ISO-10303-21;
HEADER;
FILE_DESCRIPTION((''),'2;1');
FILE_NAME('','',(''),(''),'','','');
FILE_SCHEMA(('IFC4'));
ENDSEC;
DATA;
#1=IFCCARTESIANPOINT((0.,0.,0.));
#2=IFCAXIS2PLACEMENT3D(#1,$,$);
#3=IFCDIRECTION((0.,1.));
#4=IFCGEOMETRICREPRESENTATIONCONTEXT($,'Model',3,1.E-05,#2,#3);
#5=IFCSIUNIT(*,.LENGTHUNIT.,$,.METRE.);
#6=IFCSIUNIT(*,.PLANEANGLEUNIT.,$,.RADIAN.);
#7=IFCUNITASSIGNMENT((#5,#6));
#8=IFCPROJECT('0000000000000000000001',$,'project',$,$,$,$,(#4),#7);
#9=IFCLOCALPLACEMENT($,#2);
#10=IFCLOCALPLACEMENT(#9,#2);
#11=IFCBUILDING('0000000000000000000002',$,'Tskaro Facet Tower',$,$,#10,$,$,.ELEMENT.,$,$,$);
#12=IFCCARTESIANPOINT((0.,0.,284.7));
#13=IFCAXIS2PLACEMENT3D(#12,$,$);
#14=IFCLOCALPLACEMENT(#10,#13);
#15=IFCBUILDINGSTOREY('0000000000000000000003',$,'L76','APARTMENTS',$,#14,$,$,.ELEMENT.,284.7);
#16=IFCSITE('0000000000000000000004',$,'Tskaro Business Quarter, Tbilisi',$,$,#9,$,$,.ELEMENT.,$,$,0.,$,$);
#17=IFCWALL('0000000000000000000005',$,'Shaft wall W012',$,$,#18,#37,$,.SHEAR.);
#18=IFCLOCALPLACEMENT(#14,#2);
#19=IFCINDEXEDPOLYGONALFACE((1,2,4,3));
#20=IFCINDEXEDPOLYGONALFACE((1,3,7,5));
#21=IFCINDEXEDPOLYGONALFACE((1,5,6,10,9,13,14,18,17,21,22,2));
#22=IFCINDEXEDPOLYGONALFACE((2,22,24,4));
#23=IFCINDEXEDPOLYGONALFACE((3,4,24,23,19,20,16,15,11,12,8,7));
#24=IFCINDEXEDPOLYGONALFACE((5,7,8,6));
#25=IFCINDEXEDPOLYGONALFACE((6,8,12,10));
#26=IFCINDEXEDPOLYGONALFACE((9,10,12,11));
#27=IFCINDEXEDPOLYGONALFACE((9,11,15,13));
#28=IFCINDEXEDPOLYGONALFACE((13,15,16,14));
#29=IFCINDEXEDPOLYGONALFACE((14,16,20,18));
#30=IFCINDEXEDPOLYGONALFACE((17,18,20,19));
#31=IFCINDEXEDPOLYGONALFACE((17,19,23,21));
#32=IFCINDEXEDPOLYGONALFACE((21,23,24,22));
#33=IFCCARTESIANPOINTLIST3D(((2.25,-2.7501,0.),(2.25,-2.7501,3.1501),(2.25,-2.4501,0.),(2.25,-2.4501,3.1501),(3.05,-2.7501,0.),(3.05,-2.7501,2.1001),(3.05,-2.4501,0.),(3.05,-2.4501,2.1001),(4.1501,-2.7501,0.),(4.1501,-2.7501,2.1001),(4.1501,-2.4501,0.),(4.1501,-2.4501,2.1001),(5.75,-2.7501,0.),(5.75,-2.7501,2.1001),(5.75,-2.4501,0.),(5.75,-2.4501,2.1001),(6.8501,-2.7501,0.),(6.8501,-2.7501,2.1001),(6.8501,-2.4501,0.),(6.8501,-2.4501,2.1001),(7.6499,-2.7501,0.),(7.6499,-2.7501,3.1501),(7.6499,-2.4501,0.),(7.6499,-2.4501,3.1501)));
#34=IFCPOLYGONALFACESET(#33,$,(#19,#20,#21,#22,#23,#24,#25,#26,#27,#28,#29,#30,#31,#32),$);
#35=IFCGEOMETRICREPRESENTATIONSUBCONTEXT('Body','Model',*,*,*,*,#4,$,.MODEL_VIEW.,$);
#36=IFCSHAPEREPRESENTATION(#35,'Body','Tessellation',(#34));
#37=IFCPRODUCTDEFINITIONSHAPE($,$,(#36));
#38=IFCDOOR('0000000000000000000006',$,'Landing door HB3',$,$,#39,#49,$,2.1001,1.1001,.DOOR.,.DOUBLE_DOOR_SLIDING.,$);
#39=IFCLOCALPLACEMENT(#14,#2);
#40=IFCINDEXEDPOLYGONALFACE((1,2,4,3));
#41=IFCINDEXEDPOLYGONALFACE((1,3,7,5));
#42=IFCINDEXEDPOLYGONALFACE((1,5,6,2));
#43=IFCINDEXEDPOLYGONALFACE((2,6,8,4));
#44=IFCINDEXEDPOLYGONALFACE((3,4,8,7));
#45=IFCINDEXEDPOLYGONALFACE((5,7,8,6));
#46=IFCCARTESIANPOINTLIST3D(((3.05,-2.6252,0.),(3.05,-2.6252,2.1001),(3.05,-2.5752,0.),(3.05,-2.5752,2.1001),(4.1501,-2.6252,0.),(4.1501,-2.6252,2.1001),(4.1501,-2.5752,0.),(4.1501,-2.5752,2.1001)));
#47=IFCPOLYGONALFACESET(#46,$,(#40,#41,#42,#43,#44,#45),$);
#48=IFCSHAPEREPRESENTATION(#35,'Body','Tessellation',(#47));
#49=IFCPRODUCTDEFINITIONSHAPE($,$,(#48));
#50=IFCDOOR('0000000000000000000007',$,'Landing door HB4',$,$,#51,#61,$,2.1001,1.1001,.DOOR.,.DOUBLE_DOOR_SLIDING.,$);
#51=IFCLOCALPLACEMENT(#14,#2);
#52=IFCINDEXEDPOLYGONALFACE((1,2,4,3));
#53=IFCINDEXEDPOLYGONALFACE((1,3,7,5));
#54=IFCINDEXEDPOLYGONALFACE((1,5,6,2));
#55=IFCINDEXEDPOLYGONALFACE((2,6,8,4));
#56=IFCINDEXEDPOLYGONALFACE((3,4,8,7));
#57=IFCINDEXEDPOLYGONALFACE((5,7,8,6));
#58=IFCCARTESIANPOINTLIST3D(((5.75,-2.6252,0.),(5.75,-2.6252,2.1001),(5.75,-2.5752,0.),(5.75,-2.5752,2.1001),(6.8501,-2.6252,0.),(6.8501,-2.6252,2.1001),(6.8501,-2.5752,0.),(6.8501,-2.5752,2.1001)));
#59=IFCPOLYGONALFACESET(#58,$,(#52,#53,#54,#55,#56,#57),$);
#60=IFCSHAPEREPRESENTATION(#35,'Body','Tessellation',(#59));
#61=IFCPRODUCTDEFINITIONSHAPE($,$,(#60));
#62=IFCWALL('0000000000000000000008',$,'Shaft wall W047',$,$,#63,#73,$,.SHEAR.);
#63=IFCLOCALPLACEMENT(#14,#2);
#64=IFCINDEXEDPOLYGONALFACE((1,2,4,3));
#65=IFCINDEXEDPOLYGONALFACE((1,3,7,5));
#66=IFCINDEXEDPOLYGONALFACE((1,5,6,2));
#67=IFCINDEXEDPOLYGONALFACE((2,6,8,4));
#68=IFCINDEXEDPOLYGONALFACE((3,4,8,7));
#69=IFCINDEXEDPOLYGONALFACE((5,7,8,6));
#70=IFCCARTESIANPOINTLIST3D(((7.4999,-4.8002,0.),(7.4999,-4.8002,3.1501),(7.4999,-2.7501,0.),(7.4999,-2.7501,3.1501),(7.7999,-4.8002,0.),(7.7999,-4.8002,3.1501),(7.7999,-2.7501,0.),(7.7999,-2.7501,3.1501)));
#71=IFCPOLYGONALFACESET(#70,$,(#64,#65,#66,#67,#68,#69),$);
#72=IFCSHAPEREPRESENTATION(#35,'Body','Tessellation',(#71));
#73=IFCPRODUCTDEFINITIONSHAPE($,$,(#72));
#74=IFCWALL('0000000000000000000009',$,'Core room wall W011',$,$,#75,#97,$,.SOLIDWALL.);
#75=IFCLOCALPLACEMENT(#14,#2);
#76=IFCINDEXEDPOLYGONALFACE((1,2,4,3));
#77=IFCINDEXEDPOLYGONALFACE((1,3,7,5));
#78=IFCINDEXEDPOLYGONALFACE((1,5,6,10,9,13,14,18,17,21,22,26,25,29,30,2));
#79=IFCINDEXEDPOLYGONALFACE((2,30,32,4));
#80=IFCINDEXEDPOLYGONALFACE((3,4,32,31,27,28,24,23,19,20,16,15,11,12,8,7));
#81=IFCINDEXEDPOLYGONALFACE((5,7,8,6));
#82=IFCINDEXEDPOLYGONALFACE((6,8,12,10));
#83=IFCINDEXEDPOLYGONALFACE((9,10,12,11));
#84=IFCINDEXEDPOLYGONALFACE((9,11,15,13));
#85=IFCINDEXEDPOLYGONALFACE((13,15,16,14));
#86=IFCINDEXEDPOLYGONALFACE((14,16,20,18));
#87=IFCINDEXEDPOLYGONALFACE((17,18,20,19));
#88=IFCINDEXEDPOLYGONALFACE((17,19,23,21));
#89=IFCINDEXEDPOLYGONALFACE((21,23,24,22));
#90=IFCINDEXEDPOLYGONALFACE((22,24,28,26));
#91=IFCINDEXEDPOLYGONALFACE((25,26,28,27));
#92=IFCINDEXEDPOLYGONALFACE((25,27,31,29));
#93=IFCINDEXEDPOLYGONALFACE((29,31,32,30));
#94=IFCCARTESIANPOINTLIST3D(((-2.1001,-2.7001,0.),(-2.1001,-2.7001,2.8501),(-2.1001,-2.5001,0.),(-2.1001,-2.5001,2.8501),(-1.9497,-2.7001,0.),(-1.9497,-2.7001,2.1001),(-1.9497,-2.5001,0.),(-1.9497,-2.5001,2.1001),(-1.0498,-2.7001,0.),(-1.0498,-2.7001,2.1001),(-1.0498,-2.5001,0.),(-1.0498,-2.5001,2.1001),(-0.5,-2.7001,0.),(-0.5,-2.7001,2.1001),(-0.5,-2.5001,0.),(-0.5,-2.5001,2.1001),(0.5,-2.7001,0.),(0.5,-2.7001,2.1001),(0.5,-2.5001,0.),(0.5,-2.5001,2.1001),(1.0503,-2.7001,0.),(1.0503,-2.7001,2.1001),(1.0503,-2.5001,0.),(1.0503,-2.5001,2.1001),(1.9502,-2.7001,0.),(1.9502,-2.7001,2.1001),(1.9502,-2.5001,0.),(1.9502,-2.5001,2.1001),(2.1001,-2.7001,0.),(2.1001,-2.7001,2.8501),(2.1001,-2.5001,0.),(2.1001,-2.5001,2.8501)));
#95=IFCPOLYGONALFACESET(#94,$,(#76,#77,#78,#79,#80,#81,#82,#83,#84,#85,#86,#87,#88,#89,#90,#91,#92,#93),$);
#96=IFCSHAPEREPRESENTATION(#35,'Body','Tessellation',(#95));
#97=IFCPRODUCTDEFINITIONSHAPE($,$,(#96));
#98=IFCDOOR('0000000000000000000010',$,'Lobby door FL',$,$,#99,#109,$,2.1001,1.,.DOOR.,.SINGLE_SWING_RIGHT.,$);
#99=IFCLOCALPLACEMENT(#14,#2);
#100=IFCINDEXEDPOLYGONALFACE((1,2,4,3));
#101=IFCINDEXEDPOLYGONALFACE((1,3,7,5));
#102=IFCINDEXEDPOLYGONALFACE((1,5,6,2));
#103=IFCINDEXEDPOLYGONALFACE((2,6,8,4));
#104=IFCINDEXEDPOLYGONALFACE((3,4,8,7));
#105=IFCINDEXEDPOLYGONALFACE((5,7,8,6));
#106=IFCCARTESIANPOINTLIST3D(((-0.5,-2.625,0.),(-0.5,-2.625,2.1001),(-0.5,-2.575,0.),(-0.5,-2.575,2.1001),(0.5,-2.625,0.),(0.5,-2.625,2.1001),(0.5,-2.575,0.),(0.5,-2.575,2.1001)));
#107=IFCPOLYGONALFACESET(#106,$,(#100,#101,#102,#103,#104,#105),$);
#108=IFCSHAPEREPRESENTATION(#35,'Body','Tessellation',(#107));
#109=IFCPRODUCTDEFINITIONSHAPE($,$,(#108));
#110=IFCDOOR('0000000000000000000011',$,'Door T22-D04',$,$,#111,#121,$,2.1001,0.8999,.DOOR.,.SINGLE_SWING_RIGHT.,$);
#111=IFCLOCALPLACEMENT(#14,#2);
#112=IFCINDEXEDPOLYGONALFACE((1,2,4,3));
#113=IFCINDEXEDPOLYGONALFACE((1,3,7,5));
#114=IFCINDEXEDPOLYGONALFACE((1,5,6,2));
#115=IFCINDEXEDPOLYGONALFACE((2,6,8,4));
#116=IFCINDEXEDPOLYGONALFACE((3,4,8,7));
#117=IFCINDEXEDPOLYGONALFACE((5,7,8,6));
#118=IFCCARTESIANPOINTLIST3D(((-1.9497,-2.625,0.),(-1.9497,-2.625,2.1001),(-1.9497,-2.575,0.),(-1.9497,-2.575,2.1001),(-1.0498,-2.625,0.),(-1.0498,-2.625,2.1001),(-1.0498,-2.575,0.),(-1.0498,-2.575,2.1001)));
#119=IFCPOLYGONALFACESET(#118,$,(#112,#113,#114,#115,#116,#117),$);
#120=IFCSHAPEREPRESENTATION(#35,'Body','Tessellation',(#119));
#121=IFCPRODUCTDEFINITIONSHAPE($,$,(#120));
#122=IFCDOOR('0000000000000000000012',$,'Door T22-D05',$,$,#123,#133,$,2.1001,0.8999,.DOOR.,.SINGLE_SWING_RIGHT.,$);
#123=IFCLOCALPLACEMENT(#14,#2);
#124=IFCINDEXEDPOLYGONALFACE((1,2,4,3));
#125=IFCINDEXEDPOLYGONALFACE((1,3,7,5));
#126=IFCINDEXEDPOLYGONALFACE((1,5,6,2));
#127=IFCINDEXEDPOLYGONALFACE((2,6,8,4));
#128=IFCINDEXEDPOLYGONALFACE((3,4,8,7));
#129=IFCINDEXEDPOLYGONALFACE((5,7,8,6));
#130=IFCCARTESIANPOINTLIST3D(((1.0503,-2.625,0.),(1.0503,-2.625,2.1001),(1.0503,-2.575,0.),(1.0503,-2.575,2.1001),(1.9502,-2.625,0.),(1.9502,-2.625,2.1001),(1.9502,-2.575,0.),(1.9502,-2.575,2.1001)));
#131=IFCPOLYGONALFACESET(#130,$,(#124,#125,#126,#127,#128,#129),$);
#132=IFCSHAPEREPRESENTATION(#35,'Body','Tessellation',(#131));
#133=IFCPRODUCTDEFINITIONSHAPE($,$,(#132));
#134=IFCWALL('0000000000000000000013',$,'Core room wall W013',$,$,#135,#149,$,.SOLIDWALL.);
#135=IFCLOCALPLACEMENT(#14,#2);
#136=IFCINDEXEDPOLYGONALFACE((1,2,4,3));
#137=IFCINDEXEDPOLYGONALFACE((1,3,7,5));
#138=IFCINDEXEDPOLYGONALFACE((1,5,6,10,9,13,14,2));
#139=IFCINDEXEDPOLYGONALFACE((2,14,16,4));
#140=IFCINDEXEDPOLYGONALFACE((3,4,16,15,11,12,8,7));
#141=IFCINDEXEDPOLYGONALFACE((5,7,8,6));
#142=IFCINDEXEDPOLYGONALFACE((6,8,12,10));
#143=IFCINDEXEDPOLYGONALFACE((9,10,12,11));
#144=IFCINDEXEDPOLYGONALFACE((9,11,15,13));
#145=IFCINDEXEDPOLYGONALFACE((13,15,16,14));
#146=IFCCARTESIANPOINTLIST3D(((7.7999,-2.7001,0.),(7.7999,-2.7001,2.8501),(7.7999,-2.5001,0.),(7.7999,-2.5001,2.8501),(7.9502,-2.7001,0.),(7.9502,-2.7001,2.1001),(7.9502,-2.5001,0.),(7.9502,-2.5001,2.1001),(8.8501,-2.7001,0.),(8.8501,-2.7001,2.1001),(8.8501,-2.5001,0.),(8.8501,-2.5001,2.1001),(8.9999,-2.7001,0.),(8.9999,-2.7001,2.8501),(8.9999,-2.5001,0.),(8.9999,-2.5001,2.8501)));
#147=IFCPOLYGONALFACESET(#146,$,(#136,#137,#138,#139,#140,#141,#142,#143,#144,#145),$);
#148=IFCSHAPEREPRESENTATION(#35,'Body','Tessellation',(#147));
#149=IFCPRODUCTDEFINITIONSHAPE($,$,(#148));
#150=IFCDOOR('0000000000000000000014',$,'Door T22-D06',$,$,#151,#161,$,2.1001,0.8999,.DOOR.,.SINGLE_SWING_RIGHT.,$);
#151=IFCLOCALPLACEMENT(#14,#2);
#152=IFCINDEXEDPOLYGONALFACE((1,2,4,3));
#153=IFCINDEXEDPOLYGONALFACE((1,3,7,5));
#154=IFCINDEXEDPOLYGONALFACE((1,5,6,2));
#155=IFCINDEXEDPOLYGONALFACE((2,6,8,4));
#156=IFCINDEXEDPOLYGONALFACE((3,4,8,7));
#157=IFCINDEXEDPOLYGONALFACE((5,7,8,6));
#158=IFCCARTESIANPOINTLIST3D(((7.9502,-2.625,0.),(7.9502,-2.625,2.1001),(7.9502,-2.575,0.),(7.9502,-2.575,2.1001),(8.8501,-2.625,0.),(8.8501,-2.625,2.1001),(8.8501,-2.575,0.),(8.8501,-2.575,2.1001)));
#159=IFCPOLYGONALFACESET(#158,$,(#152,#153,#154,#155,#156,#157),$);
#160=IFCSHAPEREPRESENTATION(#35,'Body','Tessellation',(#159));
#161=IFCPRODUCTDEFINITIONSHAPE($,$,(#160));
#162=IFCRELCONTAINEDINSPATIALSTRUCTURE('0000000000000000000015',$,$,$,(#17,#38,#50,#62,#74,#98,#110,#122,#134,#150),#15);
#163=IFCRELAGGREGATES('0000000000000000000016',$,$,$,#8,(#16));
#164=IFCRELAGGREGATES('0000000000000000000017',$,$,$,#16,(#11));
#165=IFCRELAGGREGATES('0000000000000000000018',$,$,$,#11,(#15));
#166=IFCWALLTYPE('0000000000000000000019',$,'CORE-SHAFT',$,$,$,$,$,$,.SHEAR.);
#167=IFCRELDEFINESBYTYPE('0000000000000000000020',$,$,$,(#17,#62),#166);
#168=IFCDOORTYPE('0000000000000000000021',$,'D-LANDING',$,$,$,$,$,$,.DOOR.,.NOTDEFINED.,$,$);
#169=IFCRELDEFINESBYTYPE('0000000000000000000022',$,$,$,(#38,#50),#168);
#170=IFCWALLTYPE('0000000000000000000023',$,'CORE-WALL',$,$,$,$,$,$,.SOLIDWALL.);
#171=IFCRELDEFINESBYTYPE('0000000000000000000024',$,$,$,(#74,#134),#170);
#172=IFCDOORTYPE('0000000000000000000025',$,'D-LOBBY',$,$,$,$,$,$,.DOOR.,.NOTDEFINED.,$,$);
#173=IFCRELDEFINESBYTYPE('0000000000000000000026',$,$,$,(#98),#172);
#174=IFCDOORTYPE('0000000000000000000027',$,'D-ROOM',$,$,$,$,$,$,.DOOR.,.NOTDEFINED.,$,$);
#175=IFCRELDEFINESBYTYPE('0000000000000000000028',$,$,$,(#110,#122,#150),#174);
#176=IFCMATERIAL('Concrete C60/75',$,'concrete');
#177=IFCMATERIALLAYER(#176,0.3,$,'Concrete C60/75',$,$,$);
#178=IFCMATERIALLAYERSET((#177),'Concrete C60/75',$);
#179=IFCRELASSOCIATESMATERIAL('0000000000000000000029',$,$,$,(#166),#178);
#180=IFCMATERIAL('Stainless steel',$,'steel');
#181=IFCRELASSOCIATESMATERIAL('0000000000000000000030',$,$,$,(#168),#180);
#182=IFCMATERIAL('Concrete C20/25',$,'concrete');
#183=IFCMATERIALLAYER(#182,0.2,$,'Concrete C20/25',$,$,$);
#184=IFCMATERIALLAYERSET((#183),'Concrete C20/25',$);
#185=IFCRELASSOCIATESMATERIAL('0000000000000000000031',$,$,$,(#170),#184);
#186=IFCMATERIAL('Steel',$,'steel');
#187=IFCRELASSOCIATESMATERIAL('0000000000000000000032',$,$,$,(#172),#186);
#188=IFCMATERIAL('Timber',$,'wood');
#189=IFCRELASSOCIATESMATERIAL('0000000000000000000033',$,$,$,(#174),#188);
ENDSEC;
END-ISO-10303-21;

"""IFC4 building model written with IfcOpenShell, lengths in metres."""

from ifc_helpers import new_model, si_unit, direction, frame, frame_2d, origin, place, context, subcontext, project, spatial, rectangle, extrude, material, layer, layer_set, type_object, element, fill, save


model = new_model("IFC4")

# Units and contexts
model_context = context("Model", 3, precision=1e-05, world=origin(), true_north=direction((0.0, 1.0)))
body_context = subcontext(model_context, "Body", "Model", "MODEL_VIEW")
ifc_project = project(units=[si_unit("LENGTHUNIT", "METRE"), si_unit("PLANEANGLEUNIT", "RADIAN")], contexts=[model_context])

# Site, building, storey
site_placement = place(None, origin())
site = spatial("IfcSite", under=ifc_project, at=site_placement, Name="Tskaro Business Quarter, Tbilisi", CompositionType="ELEMENT", RefElevation=0.0)
building_placement = place(site_placement, origin())
building = spatial("IfcBuilding", under=site, at=building_placement, Name="Tskaro Facet Tower", CompositionType="ELEMENT")
storey_placement = place(building_placement, frame((0.0, 0.0, 284.7)))
storey = spatial("IfcBuildingStorey", under=building, at=storey_placement, Name="L76", Description="APARTMENTS", CompositionType="ELEMENT", Elevation=284.7)

# Wall, openings, doors
ifc_material_1 = material(Name="Concrete C60/75", Category="concrete")
ifc_layer_1 = layer(ifc_material_1, 0.3, Name="Concrete C60/75")
ifc_layer_set_1 = layer_set([ifc_layer_1], Name="Concrete C60/75")
wall_type_1 = type_object("IfcWallType", Name="CORE-SHAFT", PredefinedType="SHEAR", material=ifc_layer_set_1)
wall_1_placement = place(storey_placement, frame((2.25, -2.6001, 0.0), z_axis=(0.0, 0.0, 1.0), x_axis=(1.0, 0.0, 0.0)))
wall_1 = element("IfcWall", 1, at=wall_1_placement, inside=storey, type_object=wall_type_1, Name="Shaft wall W012", PredefinedType="SHEAR", context=body_context, shape_type="SweptSolid", body=[
    extrude(rectangle(XDim=5.3999, YDim=0.3, at=frame_2d((2.7, 0.0))), origin(), (0.0, 0.0, 1.0), 3.1501),
])
opening_1_placement = place(wall_1_placement, frame((0.8, 0.0, 0.0)))
opening_1 = element("IfcOpeningElement", 2, at=opening_1_placement, cuts=wall_1, PredefinedType="OPENING", context=body_context, shape_type="SweptSolid", body=[
    extrude(rectangle(XDim=1.1001, YDim=2.1001, at=frame_2d((0.55, 1.05))), frame((0.0, 0.1599, 0.0), z_axis=(0.0, -1.0, 0.0), x_axis=(1.0, 0.0, 0.0)), (0.0, 0.0, 1.0), 0.3201),
])
opening_2_placement = place(wall_1_placement, frame((3.5, 0.0, 0.0)))
opening_2 = element("IfcOpeningElement", 3, at=opening_2_placement, cuts=wall_1, PredefinedType="OPENING", context=body_context, shape_type="SweptSolid", body=[
    extrude(rectangle(XDim=1.1001, YDim=2.1001, at=frame_2d((0.55, 1.05))), frame((0.0, 0.1599, 0.0), z_axis=(0.0, -1.0, 0.0), x_axis=(1.0, 0.0, 0.0)), (0.0, 0.0, 1.0), 0.3201),
])
ifc_material_2 = material(Name="Stainless steel", Category="steel")
door_type_1 = type_object("IfcDoorType", Name="D-LANDING", OperationType="NOTDEFINED", PredefinedType="DOOR", material=ifc_material_2)
door_1_placement = place(opening_1_placement, origin())
door_1 = element("IfcDoor", 4, at=door_1_placement, inside=storey, type_object=door_type_1, Name="Landing door HB3", OperationType="DOUBLE_DOOR_SLIDING", OverallHeight=2.1001, OverallWidth=1.1001, PredefinedType="DOOR", context=body_context, shape_type="SweptSolid", body=[
    extrude(rectangle(XDim=1.1001, YDim=2.1001, at=frame_2d((0.55, 1.05))), frame((0.0, 0.0249, 0.0), z_axis=(0.0, -1.0, 0.0), x_axis=(1.0, 0.0, 0.0)), (0.0, 0.0, 1.0), 0.05),
])
fill(opening_1, door_1)
door_2_placement = place(opening_2_placement, origin())
door_2 = element("IfcDoor", 5, at=door_2_placement, inside=storey, type_object=door_type_1, Name="Landing door HB4", OperationType="DOUBLE_DOOR_SLIDING", OverallHeight=2.1001, OverallWidth=1.1001, PredefinedType="DOOR", context=body_context, shape_type="SweptSolid", body=[
    extrude(rectangle(XDim=1.1001, YDim=2.1001, at=frame_2d((0.55, 1.05))), frame((0.0, 0.0249, 0.0), z_axis=(0.0, -1.0, 0.0), x_axis=(1.0, 0.0, 0.0)), (0.0, 0.0, 1.0), 0.05),
])
fill(opening_2, door_2)

# Wall
wall_2_placement = place(storey_placement, frame((7.6499, -4.8, 0.0), z_axis=(0.0, 0.0, 1.0), x_axis=(0.0, 1.0, 0.0)))
element("IfcWall", 6, at=wall_2_placement, inside=storey, type_object=wall_type_1, Name="Shaft wall W047", PredefinedType="SHEAR", context=body_context, shape_type="SweptSolid", body=[
    extrude(rectangle(XDim=2.05, YDim=0.3, at=frame_2d((1.0249, 0.0))), origin(), (0.0, 0.0, 1.0), 3.1501),
])

# Wall, openings, doors
ifc_material_3 = material(Name="Concrete C20/25", Category="concrete")
ifc_layer_2 = layer(ifc_material_3, 0.2, Name="Concrete C20/25")
ifc_layer_set_2 = layer_set([ifc_layer_2], Name="Concrete C20/25")
wall_type_2 = type_object("IfcWallType", Name="CORE-WALL", PredefinedType="SOLIDWALL", material=ifc_layer_set_2)
wall_3_placement = place(storey_placement, frame((2.1001, -2.6001, 0.0), z_axis=(0.0, 0.0, 1.0), x_axis=(-1.0, 0.0, 0.0)))
wall_3 = element("IfcWall", 7, at=wall_3_placement, inside=storey, type_object=wall_type_2, Name="Core room wall W011", PredefinedType="SOLIDWALL", context=body_context, shape_type="SweptSolid", body=[
    extrude(rectangle(XDim=4.2002, YDim=0.2, at=frame_2d((2.1001, 0.0))), origin(), (0.0, 0.0, 1.0), 2.8501),
])
opening_3_placement = place(wall_3_placement, frame((1.6001, 0.0, 0.0)))
opening_3 = element("IfcOpeningElement", 8, at=opening_3_placement, cuts=wall_3, PredefinedType="OPENING", context=body_context, shape_type="SweptSolid", body=[
    extrude(rectangle(XDim=1.0, YDim=2.1001, at=frame_2d((0.5, 1.05))), frame((0.0, 0.1099, 0.0), z_axis=(0.0, -1.0, 0.0), x_axis=(1.0, 0.0, 0.0)), (0.0, 0.0, 1.0), 0.22),
])
opening_4_placement = place(wall_3_placement, frame((3.1499, 0.0, 0.0)))
opening_4 = element("IfcOpeningElement", 9, at=opening_4_placement, cuts=wall_3, PredefinedType="OPENING", context=body_context, shape_type="SweptSolid", body=[
    extrude(rectangle(XDim=0.8999, YDim=2.1001, at=frame_2d((0.45, 1.05))), frame((0.0, 0.1099, 0.0), z_axis=(0.0, -1.0, 0.0), x_axis=(1.0, 0.0, 0.0)), (0.0, 0.0, 1.0), 0.22),
])
opening_5_placement = place(wall_3_placement, frame((0.1499, 0.0, 0.0)))
opening_5 = element("IfcOpeningElement", 10, at=opening_5_placement, cuts=wall_3, PredefinedType="OPENING", context=body_context, shape_type="SweptSolid", body=[
    extrude(rectangle(XDim=0.8999, YDim=2.1001, at=frame_2d((0.45, 1.05))), frame((0.0, 0.1099, 0.0), z_axis=(0.0, -1.0, 0.0), x_axis=(1.0, 0.0, 0.0)), (0.0, 0.0, 1.0), 0.22),
])
ifc_material_4 = material(Name="Steel", Category="steel")
door_type_2 = type_object("IfcDoorType", Name="D-LOBBY", OperationType="NOTDEFINED", PredefinedType="DOOR", material=ifc_material_4)
door_3_placement = place(opening_3_placement, origin())
door_3 = element("IfcDoor", 11, at=door_3_placement, inside=storey, type_object=door_type_2, Name="Lobby door FL", OperationType="SINGLE_SWING_RIGHT", OverallHeight=2.1001, OverallWidth=1.0, PredefinedType="DOOR", context=body_context, shape_type="SweptSolid", body=[
    extrude(rectangle(XDim=1.0, YDim=2.1001, at=frame_2d((0.5, 1.05))), frame((0.0, 0.0249, 0.0), z_axis=(0.0, -1.0, 0.0), x_axis=(1.0, 0.0, 0.0)), (0.0, 0.0, 1.0), 0.05),
])
fill(opening_3, door_3)
ifc_material_5 = material(Name="Timber", Category="wood")
door_type_3 = type_object("IfcDoorType", Name="D-ROOM", OperationType="NOTDEFINED", PredefinedType="DOOR", material=ifc_material_5)
door_4_placement = place(opening_4_placement, origin())
door_4 = element("IfcDoor", 12, at=door_4_placement, inside=storey, type_object=door_type_3, Name="Door T22-D04", OperationType="SINGLE_SWING_RIGHT", OverallHeight=2.1001, OverallWidth=0.8999, PredefinedType="DOOR", context=body_context, shape_type="SweptSolid", body=[
    extrude(rectangle(XDim=0.8999, YDim=2.1001, at=frame_2d((0.45, 1.05))), frame((0.0, 0.0249, 0.0), z_axis=(0.0, -1.0, 0.0), x_axis=(1.0, 0.0, 0.0)), (0.0, 0.0, 1.0), 0.05),
])
fill(opening_4, door_4)
door_5_placement = place(opening_5_placement, origin())
door_5 = element("IfcDoor", 13, at=door_5_placement, inside=storey, type_object=door_type_3, Name="Door T22-D05", OperationType="SINGLE_SWING_RIGHT", OverallHeight=2.1001, OverallWidth=0.8999, PredefinedType="DOOR", context=body_context, shape_type="SweptSolid", body=[
    extrude(rectangle(XDim=0.8999, YDim=2.1001, at=frame_2d((0.45, 1.05))), frame((0.0, 0.0249, 0.0), z_axis=(0.0, -1.0, 0.0), x_axis=(1.0, 0.0, 0.0)), (0.0, 0.0, 1.0), 0.05),
])
fill(opening_5, door_5)

# Wall, opening, door
wall_4_placement = place(storey_placement, frame((9.0, -2.6001, 0.0), z_axis=(0.0, 0.0, 1.0), x_axis=(-1.0, 0.0, 0.0)))
wall_4 = element("IfcWall", 14, at=wall_4_placement, inside=storey, type_object=wall_type_2, Name="Core room wall W013", PredefinedType="SOLIDWALL", context=body_context, shape_type="SweptSolid", body=[
    extrude(rectangle(XDim=1.2, YDim=0.2, at=frame_2d((0.6001, 0.0))), origin(), (0.0, 0.0, 1.0), 2.8501),
])
opening_6_placement = place(wall_4_placement, frame((0.1499, 0.0, 0.0)))
opening_6 = element("IfcOpeningElement", 15, at=opening_6_placement, cuts=wall_4, PredefinedType="OPENING", context=body_context, shape_type="SweptSolid", body=[
    extrude(rectangle(XDim=0.8999, YDim=2.1001, at=frame_2d((0.45, 1.05))), frame((0.0, 0.1099, 0.0), z_axis=(0.0, -1.0, 0.0), x_axis=(1.0, 0.0, 0.0)), (0.0, 0.0, 1.0), 0.22),
])
door_6_placement = place(opening_6_placement, origin())
door_6 = element("IfcDoor", 16, at=door_6_placement, inside=storey, type_object=door_type_3, Name="Door T22-D06", OperationType="SINGLE_SWING_RIGHT", OverallHeight=2.1001, OverallWidth=0.8999, PredefinedType="DOOR", context=body_context, shape_type="SweptSolid", body=[
    extrude(rectangle(XDim=0.8999, YDim=2.1001, at=frame_2d((0.45, 1.05))), frame((0.0, 0.0249, 0.0), z_axis=(0.0, -1.0, 0.0), x_axis=(1.0, 0.0, 0.0)), (0.0, 0.0, 1.0), 0.05),
])
fill(opening_6, door_6)

save(model, "model.ifc")
